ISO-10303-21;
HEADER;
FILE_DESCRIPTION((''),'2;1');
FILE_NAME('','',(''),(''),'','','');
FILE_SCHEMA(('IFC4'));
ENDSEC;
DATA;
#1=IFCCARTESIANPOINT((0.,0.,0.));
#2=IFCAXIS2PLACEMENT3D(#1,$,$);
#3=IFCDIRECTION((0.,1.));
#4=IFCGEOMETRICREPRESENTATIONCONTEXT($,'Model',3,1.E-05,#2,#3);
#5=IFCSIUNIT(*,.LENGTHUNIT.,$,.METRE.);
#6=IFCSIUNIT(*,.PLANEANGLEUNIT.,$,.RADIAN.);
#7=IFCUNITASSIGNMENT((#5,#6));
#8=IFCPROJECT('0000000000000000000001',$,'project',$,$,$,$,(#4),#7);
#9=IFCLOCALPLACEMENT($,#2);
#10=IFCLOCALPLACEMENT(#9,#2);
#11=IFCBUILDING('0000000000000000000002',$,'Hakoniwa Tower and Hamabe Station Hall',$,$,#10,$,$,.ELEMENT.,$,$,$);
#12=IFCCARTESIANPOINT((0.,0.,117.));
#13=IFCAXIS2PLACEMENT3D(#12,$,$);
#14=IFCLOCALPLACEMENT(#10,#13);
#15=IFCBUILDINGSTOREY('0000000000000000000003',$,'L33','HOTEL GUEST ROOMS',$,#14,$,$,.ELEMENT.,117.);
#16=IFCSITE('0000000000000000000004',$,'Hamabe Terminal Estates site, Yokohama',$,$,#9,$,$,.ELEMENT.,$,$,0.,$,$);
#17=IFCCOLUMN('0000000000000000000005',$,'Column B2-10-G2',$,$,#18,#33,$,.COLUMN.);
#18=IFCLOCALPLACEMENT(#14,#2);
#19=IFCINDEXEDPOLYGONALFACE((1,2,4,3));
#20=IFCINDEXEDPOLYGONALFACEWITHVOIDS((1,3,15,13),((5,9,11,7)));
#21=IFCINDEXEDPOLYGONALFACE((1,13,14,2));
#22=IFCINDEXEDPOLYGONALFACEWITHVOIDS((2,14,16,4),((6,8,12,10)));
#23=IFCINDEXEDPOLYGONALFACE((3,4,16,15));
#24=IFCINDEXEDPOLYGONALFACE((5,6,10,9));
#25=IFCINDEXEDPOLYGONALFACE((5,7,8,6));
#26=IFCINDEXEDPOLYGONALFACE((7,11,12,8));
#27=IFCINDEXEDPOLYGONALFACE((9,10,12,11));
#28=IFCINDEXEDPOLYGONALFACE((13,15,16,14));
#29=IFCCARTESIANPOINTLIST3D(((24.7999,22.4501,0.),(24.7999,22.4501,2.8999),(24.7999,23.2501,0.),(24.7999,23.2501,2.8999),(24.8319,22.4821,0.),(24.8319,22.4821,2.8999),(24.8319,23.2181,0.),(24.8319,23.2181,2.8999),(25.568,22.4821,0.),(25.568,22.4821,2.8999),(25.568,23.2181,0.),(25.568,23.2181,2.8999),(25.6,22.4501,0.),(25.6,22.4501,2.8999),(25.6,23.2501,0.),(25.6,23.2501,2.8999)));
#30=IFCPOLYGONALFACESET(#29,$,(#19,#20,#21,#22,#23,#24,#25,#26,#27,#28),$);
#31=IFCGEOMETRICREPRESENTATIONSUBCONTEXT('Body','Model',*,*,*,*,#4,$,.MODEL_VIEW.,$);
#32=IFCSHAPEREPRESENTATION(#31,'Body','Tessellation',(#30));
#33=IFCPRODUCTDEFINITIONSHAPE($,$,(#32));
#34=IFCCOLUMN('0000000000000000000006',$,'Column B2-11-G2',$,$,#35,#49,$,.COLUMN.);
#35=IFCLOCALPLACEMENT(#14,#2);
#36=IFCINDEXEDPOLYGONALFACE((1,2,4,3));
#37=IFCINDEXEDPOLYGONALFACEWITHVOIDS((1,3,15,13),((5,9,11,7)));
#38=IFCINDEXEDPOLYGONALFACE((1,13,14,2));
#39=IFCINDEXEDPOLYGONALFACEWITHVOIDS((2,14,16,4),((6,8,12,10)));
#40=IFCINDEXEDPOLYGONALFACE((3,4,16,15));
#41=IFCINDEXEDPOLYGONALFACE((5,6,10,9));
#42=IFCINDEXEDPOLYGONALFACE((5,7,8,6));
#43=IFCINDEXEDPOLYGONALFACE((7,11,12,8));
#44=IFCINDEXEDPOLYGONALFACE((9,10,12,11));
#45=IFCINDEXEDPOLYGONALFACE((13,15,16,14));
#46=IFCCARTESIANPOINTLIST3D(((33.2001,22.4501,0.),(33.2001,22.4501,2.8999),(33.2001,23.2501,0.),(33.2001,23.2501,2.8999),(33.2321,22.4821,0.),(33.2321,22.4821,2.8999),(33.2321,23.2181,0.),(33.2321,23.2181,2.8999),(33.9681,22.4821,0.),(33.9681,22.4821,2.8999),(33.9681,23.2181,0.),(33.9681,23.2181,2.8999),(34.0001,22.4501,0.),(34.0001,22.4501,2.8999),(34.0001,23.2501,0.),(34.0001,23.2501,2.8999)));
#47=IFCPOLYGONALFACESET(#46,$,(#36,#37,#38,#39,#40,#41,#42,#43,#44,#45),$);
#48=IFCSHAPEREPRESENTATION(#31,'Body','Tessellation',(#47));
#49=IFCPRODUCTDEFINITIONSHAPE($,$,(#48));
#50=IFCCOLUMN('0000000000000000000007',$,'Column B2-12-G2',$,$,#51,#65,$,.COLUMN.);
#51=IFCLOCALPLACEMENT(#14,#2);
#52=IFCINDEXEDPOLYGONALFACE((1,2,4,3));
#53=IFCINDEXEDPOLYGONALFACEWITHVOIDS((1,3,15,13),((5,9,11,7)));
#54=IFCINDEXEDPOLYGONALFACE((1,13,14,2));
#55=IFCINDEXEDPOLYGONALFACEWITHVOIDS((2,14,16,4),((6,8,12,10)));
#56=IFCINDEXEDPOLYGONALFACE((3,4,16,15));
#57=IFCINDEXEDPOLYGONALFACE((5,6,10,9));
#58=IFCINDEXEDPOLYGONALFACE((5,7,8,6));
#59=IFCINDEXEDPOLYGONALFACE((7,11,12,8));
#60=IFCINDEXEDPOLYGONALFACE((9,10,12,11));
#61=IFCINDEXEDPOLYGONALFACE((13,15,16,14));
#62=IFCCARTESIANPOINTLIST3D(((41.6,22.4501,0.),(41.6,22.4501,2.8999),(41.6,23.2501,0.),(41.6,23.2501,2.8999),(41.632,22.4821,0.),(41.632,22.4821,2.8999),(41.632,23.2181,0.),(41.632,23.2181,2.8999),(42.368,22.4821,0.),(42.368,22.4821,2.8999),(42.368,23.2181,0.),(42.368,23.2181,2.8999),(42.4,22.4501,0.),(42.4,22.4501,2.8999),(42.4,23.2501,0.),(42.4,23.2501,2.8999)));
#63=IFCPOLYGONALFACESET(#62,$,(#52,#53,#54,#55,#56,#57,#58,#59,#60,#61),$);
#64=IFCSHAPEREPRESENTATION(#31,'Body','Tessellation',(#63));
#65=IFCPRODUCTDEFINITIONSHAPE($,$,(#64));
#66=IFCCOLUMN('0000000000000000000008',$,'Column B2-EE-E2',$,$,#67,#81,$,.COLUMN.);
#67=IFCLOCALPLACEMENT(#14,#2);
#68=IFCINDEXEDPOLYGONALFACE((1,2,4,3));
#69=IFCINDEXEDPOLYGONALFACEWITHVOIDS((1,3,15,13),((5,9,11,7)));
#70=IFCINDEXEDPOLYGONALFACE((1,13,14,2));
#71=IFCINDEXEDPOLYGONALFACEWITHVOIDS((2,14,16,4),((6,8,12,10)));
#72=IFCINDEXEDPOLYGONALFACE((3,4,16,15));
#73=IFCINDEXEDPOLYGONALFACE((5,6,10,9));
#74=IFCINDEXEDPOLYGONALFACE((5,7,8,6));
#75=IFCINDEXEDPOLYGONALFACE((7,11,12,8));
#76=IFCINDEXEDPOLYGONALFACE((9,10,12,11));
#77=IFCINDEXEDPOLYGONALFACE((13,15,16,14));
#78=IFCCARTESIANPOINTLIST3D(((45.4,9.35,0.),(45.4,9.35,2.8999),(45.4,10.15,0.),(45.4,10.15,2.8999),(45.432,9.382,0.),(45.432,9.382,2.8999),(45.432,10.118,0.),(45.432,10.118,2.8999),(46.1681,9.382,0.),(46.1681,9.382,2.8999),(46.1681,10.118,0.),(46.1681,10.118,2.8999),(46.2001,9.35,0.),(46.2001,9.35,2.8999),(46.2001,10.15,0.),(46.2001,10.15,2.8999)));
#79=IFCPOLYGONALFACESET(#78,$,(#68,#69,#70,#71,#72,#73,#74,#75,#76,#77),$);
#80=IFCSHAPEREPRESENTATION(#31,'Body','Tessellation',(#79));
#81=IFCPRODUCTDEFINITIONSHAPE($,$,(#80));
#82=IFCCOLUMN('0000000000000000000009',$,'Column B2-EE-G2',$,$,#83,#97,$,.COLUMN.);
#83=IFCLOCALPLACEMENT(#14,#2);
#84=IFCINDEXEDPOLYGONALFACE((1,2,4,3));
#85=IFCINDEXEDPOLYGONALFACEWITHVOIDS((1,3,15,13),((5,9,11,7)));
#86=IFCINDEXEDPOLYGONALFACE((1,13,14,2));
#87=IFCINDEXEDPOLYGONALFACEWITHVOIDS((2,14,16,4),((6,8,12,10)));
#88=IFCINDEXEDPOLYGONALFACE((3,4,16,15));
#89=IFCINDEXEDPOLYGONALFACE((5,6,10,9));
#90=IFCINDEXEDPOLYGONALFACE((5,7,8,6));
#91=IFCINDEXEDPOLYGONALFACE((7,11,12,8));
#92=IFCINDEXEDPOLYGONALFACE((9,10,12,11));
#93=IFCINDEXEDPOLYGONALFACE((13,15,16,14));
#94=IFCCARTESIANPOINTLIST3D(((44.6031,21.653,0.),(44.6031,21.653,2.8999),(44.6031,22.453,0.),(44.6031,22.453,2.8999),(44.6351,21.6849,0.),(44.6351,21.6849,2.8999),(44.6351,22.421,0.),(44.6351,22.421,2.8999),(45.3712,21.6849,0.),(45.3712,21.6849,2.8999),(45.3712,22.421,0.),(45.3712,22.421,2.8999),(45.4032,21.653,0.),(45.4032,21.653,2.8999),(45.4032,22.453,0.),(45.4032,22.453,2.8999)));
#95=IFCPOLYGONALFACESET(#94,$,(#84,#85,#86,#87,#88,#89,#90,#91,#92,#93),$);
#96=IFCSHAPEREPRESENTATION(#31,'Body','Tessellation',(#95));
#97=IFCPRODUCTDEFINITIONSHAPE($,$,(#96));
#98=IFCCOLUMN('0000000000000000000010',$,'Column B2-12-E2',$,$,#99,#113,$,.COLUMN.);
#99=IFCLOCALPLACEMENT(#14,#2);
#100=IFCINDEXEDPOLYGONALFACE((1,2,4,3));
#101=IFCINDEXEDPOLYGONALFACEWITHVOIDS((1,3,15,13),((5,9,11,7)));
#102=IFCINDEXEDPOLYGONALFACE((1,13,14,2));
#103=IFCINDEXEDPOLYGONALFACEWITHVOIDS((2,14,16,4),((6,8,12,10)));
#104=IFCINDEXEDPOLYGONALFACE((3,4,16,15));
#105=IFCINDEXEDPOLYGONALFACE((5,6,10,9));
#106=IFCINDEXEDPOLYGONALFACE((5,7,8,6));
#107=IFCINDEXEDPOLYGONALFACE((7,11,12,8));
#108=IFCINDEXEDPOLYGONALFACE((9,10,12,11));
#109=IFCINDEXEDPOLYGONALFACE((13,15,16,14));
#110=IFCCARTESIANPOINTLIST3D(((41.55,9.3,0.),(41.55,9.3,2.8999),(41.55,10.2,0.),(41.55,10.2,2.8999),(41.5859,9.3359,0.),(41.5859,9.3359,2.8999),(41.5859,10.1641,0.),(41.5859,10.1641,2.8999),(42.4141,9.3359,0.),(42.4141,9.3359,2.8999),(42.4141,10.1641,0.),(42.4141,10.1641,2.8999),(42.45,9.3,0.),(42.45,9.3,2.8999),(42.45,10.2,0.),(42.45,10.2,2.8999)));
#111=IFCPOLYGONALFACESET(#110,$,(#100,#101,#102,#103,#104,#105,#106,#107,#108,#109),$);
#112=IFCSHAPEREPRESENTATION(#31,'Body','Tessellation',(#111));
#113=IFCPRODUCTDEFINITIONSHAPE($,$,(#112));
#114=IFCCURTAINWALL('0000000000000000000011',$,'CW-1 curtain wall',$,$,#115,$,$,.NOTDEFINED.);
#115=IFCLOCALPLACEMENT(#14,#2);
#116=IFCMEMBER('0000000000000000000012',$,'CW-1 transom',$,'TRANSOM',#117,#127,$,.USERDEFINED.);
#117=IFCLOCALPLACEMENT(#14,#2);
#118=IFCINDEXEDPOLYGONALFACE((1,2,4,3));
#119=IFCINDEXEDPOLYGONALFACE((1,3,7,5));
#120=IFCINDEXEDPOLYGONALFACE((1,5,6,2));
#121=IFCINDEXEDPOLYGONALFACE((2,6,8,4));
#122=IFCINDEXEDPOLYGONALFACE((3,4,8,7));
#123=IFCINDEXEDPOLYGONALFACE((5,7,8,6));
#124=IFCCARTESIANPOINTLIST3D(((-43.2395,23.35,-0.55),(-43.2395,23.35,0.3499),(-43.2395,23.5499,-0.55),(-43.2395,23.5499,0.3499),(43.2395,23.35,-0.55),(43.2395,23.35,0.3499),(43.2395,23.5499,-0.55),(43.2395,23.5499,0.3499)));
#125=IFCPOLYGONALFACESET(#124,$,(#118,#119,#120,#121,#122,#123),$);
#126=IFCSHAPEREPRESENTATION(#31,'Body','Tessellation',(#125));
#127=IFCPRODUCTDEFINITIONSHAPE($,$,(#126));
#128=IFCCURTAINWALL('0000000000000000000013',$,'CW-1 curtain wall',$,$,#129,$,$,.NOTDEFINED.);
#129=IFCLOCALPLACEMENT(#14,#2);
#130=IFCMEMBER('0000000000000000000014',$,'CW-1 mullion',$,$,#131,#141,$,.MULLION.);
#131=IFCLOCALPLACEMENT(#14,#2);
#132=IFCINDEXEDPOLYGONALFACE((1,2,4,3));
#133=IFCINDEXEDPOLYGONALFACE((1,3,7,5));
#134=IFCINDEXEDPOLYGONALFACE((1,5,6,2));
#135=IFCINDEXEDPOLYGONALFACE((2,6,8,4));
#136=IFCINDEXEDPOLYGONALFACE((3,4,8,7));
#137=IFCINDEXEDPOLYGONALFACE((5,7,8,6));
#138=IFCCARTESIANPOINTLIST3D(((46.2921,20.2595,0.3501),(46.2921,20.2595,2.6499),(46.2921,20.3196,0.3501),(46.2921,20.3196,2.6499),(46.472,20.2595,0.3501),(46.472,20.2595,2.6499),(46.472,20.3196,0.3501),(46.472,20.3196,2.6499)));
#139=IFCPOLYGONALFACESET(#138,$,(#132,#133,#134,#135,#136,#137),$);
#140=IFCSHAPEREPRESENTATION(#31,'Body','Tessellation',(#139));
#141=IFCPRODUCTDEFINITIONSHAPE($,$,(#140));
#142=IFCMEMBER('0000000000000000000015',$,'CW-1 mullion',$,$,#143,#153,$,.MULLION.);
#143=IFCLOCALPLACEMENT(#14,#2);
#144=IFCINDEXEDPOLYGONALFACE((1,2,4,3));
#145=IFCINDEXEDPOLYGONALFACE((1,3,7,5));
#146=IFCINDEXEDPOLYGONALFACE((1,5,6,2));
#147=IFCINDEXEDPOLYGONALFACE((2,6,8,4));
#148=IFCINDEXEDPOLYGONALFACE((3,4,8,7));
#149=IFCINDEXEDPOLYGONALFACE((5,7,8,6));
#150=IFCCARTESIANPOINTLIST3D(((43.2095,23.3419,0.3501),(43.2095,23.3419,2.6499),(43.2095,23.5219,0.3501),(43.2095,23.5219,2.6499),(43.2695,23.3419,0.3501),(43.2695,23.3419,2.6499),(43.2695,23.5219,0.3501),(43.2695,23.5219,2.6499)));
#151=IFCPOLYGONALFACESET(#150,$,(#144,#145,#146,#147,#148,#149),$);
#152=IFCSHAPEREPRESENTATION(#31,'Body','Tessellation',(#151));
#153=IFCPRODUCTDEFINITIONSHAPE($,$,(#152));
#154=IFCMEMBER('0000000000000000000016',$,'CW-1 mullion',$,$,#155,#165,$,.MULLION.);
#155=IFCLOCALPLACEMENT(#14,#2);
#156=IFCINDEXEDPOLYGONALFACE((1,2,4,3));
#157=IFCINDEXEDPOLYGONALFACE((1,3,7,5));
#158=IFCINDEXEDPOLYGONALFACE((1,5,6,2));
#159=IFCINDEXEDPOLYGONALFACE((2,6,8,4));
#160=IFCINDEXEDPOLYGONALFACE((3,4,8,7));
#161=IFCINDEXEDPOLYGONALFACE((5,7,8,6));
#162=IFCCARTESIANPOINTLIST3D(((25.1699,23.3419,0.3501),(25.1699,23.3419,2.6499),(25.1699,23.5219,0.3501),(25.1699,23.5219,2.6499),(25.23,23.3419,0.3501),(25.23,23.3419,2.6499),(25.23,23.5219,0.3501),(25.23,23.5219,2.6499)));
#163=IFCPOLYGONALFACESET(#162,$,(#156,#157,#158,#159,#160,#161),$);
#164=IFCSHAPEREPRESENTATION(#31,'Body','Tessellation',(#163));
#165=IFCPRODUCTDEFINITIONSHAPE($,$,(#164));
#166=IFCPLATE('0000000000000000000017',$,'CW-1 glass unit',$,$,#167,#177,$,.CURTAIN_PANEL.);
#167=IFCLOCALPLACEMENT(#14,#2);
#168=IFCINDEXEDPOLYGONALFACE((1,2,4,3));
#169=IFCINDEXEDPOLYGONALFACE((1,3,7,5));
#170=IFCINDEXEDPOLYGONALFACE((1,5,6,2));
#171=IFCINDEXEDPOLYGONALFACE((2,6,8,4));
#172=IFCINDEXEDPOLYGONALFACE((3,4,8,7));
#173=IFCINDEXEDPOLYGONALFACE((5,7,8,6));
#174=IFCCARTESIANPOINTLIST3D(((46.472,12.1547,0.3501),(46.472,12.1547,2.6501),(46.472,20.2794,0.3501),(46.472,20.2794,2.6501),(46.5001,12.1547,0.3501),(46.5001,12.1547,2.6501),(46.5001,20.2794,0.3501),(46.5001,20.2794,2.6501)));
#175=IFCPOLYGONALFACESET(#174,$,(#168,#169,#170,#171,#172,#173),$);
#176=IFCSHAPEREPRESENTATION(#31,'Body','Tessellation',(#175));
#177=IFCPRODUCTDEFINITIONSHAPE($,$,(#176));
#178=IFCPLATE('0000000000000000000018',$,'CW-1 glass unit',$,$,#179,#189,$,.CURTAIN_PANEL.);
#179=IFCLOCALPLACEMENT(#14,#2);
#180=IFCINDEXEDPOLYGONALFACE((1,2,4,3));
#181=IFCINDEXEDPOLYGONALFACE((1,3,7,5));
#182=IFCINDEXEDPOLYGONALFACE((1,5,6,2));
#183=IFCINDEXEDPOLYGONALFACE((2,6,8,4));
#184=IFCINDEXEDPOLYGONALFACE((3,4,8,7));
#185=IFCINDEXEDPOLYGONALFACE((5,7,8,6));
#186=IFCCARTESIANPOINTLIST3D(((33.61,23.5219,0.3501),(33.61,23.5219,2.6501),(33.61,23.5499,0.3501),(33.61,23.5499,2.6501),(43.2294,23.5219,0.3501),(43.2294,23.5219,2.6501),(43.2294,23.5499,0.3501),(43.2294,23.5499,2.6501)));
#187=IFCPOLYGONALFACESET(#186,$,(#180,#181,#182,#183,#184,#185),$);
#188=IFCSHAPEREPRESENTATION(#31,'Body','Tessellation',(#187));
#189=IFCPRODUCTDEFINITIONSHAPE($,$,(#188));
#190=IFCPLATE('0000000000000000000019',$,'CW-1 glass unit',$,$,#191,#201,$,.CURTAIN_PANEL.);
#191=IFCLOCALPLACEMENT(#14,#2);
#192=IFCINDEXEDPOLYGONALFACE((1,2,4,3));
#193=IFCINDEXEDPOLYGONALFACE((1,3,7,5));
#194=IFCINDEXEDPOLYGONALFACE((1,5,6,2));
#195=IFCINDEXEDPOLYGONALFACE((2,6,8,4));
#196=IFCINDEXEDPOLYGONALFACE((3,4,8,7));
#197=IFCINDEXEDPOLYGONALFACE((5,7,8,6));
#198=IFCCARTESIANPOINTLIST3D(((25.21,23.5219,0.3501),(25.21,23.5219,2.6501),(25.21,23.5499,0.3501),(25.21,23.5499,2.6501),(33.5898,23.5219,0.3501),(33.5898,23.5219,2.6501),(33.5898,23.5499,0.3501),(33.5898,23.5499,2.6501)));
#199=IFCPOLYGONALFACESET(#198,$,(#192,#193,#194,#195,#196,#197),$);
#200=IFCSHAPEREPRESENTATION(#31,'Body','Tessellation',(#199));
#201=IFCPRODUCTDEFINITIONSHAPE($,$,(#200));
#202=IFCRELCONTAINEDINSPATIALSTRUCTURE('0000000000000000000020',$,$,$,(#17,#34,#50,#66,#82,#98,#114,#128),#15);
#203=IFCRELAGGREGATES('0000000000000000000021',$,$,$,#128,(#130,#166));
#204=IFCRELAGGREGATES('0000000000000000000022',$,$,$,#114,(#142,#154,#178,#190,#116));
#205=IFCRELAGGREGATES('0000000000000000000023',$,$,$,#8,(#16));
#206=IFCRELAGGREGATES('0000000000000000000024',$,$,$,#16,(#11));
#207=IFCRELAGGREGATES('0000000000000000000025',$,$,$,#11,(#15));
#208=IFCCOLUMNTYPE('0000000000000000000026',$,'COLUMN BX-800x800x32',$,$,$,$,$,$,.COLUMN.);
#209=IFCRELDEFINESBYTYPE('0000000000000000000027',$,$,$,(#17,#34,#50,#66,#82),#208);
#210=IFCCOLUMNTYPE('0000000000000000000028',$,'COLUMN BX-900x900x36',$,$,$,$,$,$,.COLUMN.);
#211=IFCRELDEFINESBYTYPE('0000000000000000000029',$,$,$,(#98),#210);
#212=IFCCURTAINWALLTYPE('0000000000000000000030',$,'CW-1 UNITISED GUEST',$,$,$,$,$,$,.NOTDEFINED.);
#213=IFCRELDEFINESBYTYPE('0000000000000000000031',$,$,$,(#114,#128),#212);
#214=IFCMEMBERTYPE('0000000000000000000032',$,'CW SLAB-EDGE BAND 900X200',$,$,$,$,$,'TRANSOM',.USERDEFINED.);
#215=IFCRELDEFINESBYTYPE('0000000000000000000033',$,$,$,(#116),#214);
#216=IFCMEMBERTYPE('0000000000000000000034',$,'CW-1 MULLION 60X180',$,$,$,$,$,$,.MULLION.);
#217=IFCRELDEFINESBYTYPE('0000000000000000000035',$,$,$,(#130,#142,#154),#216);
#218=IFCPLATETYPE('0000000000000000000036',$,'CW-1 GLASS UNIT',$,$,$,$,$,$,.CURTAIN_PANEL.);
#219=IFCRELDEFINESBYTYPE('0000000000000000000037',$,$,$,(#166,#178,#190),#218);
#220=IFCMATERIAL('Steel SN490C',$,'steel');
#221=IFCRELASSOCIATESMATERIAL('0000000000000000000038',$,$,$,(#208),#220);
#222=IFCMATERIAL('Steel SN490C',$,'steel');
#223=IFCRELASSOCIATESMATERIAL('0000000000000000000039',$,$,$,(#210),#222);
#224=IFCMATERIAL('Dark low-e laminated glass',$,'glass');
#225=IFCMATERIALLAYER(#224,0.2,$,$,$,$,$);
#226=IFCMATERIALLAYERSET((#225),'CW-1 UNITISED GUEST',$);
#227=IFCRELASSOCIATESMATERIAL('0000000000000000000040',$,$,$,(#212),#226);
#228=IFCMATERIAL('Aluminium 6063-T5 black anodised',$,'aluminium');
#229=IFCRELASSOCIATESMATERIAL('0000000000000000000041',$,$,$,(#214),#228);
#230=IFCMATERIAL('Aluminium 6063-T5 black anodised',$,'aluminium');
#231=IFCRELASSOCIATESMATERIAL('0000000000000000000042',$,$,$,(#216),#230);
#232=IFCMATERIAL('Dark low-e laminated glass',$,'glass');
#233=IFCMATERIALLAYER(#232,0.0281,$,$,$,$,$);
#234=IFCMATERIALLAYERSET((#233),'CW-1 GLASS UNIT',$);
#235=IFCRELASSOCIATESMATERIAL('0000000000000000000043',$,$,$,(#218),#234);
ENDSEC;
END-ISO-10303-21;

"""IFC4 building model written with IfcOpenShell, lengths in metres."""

from ifc_helpers import new_model, si_unit, direction, frame, origin, origin_2d, place, context, subcontext, project, spatial, rectangle, hollow_rectangle, extrude, material, layer, layer_set, material_profile, profile_set, type_object, element, aggregate, save


model = new_model("IFC4")

# Units and contexts
model_context = context("Model", 3, precision=1e-05, world=origin(), true_north=direction((0.0, 1.0)))
body_context = subcontext(model_context, "Body", "Model", "MODEL_VIEW")
ifc_project = project(units=[si_unit("LENGTHUNIT", "METRE"), si_unit("PLANEANGLEUNIT", "RADIAN")], contexts=[model_context])

# Site, building, storey
site_placement = place(None, origin())
site = spatial("IfcSite", under=ifc_project, at=site_placement, Name="Hamabe Terminal Estates site, Yokohama", CompositionType="ELEMENT", RefElevation=0.0)
building_placement = place(site_placement, origin())
building = spatial("IfcBuilding", under=site, at=building_placement, Name="Hakoniwa Tower and Hamabe Station Hall", CompositionType="ELEMENT")
storey_placement = place(building_placement, frame((0.0, 0.0, 117.0)))
storey = spatial("IfcBuildingStorey", under=building, at=storey_placement, Name="L33", Description="HOTEL GUEST ROOMS", CompositionType="ELEMENT", Elevation=117.0)

# Columns
ifc_material_1 = material(Name="Steel SN490C", Category="steel")
ifc_material_profile_1 = material_profile(ifc_material_1, hollow_rectangle(XDim=0.8, YDim=0.8, WallThickness=0.032, at=origin_2d()), Name="BX-800x800x32")
ifc_profile_set_1 = profile_set([ifc_material_profile_1], Name="Steel SN490C")
column_type_1 = type_object("IfcColumnType", Name="COLUMN BX-800x800x32", PredefinedType="COLUMN", material=ifc_profile_set_1)
for number, where, z_axis, x_axis, name in (
    (1, (25.2, 22.8501, 0.0), (0.0, 0.0, 1.0), (1.0, 0.0, 0.0), "Column B2-10-G2"),
    (2, (33.6001, 22.8501, 0.0), (0.0, 0.0, 1.0), (1.0, 0.0, 0.0), "Column B2-11-G2"),
    (3, (42.0, 22.8501, 0.0), (0.0, 0.0, 1.0), (1.0, 0.0, 0.0), "Column B2-12-G2"),
    (4, (45.8, 9.75, 0.0), (0.0, 0.0, 1.0), (1.0, 0.0, 0.0), "Column B2-EE-E2"),
    (5, (45.0032, 22.053, 0.0), (0.0, 0.0, 1.0), (1.0, 0.0, 0.0), "Column B2-EE-G2"),
):
    element("IfcColumn", number, at=place(storey_placement, frame(where, z_axis=z_axis, x_axis=x_axis)), inside=storey, type_object=column_type_1, Name=name, PredefinedType="COLUMN", context=body_context, shape_type="SweptSolid", body=[
        extrude(hollow_rectangle(XDim=0.8, YDim=0.8, WallThickness=0.032, at=origin_2d()), origin(), (0.0, 0.0, 1.0), 2.8999),
    ])
ifc_material_2 = material(Name="Steel SN490C", Category="steel")
ifc_material_profile_2 = material_profile(ifc_material_2, hollow_rectangle(XDim=0.8999, YDim=0.8999, WallThickness=0.0359, at=origin_2d()), Name="BX-900x900x36")
ifc_profile_set_2 = profile_set([ifc_material_profile_2], Name="Steel SN490C")
column_type_2 = type_object("IfcColumnType", Name="COLUMN BX-900x900x36", PredefinedType="COLUMN", material=ifc_profile_set_2)
column_placement = place(storey_placement, frame((42.0, 9.75, 0.0), z_axis=(0.0, 0.0, 1.0), x_axis=(1.0, 0.0, 0.0)))
element("IfcColumn", 6, at=column_placement, inside=storey, type_object=column_type_2, Name="Column B2-12-E2", PredefinedType="COLUMN", context=body_context, shape_type="SweptSolid", body=[
    extrude(hollow_rectangle(XDim=0.8999, YDim=0.8999, WallThickness=0.0359, at=origin_2d()), origin(), (0.0, 0.0, 1.0), 2.8999),
])

# Curtain walls, members
ifc_material_3 = material(Name="Dark low-e laminated glass", Category="glass")
ifc_layer_1 = layer(ifc_material_3, 0.2)
ifc_layer_set_1 = layer_set([ifc_layer_1], Name="CW-1 UNITISED GUEST")
curtain_wall_type = type_object("IfcCurtainWallType", Name="CW-1 UNITISED GUEST", PredefinedType="NOTDEFINED", material=ifc_layer_set_1)
curtain_wall_1_placement = place(storey_placement, origin())
curtain_wall_1 = element("IfcCurtainWall", 7, at=curtain_wall_1_placement, inside=storey, type_object=curtain_wall_type, Name="CW-1 curtain wall", PredefinedType="NOTDEFINED")
ifc_material_4 = material(Name="Aluminium 6063-T5 black anodised", Category="aluminium")
ifc_material_profile_3 = material_profile(ifc_material_4, rectangle(XDim=0.2, YDim=0.8999, at=origin_2d()), Name="CW SLAB-EDGE BAND 900X200")
ifc_profile_set_3 = profile_set([ifc_material_profile_3], Name="Aluminium 6063-T5 black anodised")
member_type_1 = type_object("IfcMemberType", Name="CW SLAB-EDGE BAND 900X200", ElementType="TRANSOM", PredefinedType="USERDEFINED", material=ifc_profile_set_3)
member_1_placement = place(storey_placement, frame((43.2395, 23.45, -0.1001), z_axis=(-1.0, 0.0, 0.0), x_axis=(0.0, -1.0, 0.0)))
member_1 = element("IfcMember", 8, at=member_1_placement, type_object=member_type_1, Name="CW-1 transom", ObjectType="TRANSOM", PredefinedType="USERDEFINED", context=body_context, shape_type="SweptSolid", body=[
    extrude(rectangle(XDim=0.2, YDim=0.8999, at=origin_2d()), origin(), (0.0, 0.0, 1.0), 86.479),
])
curtain_wall_2_placement = place(storey_placement, origin())
curtain_wall_2 = element("IfcCurtainWall", 9, at=curtain_wall_2_placement, inside=storey, type_object=curtain_wall_type, Name="CW-1 curtain wall", PredefinedType="NOTDEFINED")
ifc_material_5 = material(Name="Aluminium 6063-T5 black anodised", Category="aluminium")
ifc_material_profile_4 = material_profile(ifc_material_5, rectangle(XDim=0.0601, YDim=0.1799, at=origin_2d()), Name="CW-1 MULLION 60X180")
ifc_profile_set_4 = profile_set([ifc_material_profile_4], Name="Aluminium 6063-T5 black anodised")
member_type_2 = type_object("IfcMemberType", Name="CW-1 MULLION 60X180", PredefinedType="MULLION", material=ifc_profile_set_4)
member_2_placement = place(storey_placement, frame((46.3821, 20.2896, 0.3501), z_axis=(0.0, 0.0, 1.0), x_axis=(0.0, 1.0, 0.0)))
member_2 = element("IfcMember", 10, at=member_2_placement, type_object=member_type_2, Name="CW-1 mullion", PredefinedType="MULLION", context=body_context, shape_type="SweptSolid", body=[
    extrude(rectangle(XDim=0.0601, YDim=0.1799, at=origin_2d()), origin(), (0.0, 0.0, 1.0), 2.2998),
])

# Members
member_3_placement = place(storey_placement, frame((43.2395, 23.4319, 0.3501), z_axis=(0.0, 0.0, 1.0), x_axis=(-1.0, 0.0, 0.0)))
member_3 = element("IfcMember", 11, at=member_3_placement, type_object=member_type_2, Name="CW-1 mullion", PredefinedType="MULLION", context=body_context, shape_type="SweptSolid", body=[
    extrude(rectangle(XDim=0.0601, YDim=0.1799, at=origin_2d()), origin(), (0.0, 0.0, 1.0), 2.2998),
])
member_4_placement = place(storey_placement, frame((25.2, 23.4319, 0.3501), z_axis=(0.0, 0.0, 1.0), x_axis=(-1.0, 0.0, 0.0)))
member_4 = element("IfcMember", 12, at=member_4_placement, type_object=member_type_2, Name="CW-1 mullion", PredefinedType="MULLION", context=body_context, shape_type="SweptSolid", body=[
    extrude(rectangle(XDim=0.0601, YDim=0.1799, at=origin_2d()), origin(), (0.0, 0.0, 1.0), 2.2998),
])

# Plates
ifc_material_6 = material(Name="Dark low-e laminated glass", Category="glass")
ifc_layer_2 = layer(ifc_material_6, 0.0281)
ifc_layer_set_2 = layer_set([ifc_layer_2], Name="CW-1 GLASS UNIT")
plate_type = type_object("IfcPlateType", Name="CW-1 GLASS UNIT", PredefinedType="CURTAIN_PANEL", material=ifc_layer_set_2)
plate_1_placement = place(storey_placement, frame((46.4861, 16.217, 0.3501), z_axis=(0.0, 0.0, 1.0), x_axis=(0.0, 1.0, 0.0)))
plate_1 = element("IfcPlate", 13, at=plate_1_placement, type_object=plate_type, Name="CW-1 glass unit", PredefinedType="CURTAIN_PANEL", context=body_context, shape_type="SweptSolid", body=[
    extrude(rectangle(XDim=8.1248, YDim=0.0281, at=origin_2d()), origin(), (0.0, 0.0, 1.0), 2.3),
])
aggregate(curtain_wall_2, [member_2, plate_1])
plate_2_placement = place(storey_placement, frame((38.4197, 23.5359, 0.3501), z_axis=(0.0, 0.0, 1.0), x_axis=(-1.0, 0.0, 0.0)))
plate_2 = element("IfcPlate", 14, at=plate_2_placement, type_object=plate_type, Name="CW-1 glass unit", PredefinedType="CURTAIN_PANEL", context=body_context, shape_type="SweptSolid", body=[
    extrude(rectangle(XDim=9.6194, YDim=0.0281, at=origin_2d()), origin(), (0.0, 0.0, 1.0), 2.3),
])
plate_3_placement = place(storey_placement, frame((29.3999, 23.5359, 0.3501), z_axis=(0.0, 0.0, 1.0), x_axis=(-1.0, 0.0, 0.0)))
plate_3 = element("IfcPlate", 15, at=plate_3_placement, type_object=plate_type, Name="CW-1 glass unit", PredefinedType="CURTAIN_PANEL", context=body_context, shape_type="SweptSolid", body=[
    extrude(rectangle(XDim=8.3799, YDim=0.0281, at=origin_2d()), origin(), (0.0, 0.0, 1.0), 2.3),
])
aggregate(curtain_wall_1, [member_3, member_4, plate_2, plate_3, member_1])

save(model, "model.ifc")
